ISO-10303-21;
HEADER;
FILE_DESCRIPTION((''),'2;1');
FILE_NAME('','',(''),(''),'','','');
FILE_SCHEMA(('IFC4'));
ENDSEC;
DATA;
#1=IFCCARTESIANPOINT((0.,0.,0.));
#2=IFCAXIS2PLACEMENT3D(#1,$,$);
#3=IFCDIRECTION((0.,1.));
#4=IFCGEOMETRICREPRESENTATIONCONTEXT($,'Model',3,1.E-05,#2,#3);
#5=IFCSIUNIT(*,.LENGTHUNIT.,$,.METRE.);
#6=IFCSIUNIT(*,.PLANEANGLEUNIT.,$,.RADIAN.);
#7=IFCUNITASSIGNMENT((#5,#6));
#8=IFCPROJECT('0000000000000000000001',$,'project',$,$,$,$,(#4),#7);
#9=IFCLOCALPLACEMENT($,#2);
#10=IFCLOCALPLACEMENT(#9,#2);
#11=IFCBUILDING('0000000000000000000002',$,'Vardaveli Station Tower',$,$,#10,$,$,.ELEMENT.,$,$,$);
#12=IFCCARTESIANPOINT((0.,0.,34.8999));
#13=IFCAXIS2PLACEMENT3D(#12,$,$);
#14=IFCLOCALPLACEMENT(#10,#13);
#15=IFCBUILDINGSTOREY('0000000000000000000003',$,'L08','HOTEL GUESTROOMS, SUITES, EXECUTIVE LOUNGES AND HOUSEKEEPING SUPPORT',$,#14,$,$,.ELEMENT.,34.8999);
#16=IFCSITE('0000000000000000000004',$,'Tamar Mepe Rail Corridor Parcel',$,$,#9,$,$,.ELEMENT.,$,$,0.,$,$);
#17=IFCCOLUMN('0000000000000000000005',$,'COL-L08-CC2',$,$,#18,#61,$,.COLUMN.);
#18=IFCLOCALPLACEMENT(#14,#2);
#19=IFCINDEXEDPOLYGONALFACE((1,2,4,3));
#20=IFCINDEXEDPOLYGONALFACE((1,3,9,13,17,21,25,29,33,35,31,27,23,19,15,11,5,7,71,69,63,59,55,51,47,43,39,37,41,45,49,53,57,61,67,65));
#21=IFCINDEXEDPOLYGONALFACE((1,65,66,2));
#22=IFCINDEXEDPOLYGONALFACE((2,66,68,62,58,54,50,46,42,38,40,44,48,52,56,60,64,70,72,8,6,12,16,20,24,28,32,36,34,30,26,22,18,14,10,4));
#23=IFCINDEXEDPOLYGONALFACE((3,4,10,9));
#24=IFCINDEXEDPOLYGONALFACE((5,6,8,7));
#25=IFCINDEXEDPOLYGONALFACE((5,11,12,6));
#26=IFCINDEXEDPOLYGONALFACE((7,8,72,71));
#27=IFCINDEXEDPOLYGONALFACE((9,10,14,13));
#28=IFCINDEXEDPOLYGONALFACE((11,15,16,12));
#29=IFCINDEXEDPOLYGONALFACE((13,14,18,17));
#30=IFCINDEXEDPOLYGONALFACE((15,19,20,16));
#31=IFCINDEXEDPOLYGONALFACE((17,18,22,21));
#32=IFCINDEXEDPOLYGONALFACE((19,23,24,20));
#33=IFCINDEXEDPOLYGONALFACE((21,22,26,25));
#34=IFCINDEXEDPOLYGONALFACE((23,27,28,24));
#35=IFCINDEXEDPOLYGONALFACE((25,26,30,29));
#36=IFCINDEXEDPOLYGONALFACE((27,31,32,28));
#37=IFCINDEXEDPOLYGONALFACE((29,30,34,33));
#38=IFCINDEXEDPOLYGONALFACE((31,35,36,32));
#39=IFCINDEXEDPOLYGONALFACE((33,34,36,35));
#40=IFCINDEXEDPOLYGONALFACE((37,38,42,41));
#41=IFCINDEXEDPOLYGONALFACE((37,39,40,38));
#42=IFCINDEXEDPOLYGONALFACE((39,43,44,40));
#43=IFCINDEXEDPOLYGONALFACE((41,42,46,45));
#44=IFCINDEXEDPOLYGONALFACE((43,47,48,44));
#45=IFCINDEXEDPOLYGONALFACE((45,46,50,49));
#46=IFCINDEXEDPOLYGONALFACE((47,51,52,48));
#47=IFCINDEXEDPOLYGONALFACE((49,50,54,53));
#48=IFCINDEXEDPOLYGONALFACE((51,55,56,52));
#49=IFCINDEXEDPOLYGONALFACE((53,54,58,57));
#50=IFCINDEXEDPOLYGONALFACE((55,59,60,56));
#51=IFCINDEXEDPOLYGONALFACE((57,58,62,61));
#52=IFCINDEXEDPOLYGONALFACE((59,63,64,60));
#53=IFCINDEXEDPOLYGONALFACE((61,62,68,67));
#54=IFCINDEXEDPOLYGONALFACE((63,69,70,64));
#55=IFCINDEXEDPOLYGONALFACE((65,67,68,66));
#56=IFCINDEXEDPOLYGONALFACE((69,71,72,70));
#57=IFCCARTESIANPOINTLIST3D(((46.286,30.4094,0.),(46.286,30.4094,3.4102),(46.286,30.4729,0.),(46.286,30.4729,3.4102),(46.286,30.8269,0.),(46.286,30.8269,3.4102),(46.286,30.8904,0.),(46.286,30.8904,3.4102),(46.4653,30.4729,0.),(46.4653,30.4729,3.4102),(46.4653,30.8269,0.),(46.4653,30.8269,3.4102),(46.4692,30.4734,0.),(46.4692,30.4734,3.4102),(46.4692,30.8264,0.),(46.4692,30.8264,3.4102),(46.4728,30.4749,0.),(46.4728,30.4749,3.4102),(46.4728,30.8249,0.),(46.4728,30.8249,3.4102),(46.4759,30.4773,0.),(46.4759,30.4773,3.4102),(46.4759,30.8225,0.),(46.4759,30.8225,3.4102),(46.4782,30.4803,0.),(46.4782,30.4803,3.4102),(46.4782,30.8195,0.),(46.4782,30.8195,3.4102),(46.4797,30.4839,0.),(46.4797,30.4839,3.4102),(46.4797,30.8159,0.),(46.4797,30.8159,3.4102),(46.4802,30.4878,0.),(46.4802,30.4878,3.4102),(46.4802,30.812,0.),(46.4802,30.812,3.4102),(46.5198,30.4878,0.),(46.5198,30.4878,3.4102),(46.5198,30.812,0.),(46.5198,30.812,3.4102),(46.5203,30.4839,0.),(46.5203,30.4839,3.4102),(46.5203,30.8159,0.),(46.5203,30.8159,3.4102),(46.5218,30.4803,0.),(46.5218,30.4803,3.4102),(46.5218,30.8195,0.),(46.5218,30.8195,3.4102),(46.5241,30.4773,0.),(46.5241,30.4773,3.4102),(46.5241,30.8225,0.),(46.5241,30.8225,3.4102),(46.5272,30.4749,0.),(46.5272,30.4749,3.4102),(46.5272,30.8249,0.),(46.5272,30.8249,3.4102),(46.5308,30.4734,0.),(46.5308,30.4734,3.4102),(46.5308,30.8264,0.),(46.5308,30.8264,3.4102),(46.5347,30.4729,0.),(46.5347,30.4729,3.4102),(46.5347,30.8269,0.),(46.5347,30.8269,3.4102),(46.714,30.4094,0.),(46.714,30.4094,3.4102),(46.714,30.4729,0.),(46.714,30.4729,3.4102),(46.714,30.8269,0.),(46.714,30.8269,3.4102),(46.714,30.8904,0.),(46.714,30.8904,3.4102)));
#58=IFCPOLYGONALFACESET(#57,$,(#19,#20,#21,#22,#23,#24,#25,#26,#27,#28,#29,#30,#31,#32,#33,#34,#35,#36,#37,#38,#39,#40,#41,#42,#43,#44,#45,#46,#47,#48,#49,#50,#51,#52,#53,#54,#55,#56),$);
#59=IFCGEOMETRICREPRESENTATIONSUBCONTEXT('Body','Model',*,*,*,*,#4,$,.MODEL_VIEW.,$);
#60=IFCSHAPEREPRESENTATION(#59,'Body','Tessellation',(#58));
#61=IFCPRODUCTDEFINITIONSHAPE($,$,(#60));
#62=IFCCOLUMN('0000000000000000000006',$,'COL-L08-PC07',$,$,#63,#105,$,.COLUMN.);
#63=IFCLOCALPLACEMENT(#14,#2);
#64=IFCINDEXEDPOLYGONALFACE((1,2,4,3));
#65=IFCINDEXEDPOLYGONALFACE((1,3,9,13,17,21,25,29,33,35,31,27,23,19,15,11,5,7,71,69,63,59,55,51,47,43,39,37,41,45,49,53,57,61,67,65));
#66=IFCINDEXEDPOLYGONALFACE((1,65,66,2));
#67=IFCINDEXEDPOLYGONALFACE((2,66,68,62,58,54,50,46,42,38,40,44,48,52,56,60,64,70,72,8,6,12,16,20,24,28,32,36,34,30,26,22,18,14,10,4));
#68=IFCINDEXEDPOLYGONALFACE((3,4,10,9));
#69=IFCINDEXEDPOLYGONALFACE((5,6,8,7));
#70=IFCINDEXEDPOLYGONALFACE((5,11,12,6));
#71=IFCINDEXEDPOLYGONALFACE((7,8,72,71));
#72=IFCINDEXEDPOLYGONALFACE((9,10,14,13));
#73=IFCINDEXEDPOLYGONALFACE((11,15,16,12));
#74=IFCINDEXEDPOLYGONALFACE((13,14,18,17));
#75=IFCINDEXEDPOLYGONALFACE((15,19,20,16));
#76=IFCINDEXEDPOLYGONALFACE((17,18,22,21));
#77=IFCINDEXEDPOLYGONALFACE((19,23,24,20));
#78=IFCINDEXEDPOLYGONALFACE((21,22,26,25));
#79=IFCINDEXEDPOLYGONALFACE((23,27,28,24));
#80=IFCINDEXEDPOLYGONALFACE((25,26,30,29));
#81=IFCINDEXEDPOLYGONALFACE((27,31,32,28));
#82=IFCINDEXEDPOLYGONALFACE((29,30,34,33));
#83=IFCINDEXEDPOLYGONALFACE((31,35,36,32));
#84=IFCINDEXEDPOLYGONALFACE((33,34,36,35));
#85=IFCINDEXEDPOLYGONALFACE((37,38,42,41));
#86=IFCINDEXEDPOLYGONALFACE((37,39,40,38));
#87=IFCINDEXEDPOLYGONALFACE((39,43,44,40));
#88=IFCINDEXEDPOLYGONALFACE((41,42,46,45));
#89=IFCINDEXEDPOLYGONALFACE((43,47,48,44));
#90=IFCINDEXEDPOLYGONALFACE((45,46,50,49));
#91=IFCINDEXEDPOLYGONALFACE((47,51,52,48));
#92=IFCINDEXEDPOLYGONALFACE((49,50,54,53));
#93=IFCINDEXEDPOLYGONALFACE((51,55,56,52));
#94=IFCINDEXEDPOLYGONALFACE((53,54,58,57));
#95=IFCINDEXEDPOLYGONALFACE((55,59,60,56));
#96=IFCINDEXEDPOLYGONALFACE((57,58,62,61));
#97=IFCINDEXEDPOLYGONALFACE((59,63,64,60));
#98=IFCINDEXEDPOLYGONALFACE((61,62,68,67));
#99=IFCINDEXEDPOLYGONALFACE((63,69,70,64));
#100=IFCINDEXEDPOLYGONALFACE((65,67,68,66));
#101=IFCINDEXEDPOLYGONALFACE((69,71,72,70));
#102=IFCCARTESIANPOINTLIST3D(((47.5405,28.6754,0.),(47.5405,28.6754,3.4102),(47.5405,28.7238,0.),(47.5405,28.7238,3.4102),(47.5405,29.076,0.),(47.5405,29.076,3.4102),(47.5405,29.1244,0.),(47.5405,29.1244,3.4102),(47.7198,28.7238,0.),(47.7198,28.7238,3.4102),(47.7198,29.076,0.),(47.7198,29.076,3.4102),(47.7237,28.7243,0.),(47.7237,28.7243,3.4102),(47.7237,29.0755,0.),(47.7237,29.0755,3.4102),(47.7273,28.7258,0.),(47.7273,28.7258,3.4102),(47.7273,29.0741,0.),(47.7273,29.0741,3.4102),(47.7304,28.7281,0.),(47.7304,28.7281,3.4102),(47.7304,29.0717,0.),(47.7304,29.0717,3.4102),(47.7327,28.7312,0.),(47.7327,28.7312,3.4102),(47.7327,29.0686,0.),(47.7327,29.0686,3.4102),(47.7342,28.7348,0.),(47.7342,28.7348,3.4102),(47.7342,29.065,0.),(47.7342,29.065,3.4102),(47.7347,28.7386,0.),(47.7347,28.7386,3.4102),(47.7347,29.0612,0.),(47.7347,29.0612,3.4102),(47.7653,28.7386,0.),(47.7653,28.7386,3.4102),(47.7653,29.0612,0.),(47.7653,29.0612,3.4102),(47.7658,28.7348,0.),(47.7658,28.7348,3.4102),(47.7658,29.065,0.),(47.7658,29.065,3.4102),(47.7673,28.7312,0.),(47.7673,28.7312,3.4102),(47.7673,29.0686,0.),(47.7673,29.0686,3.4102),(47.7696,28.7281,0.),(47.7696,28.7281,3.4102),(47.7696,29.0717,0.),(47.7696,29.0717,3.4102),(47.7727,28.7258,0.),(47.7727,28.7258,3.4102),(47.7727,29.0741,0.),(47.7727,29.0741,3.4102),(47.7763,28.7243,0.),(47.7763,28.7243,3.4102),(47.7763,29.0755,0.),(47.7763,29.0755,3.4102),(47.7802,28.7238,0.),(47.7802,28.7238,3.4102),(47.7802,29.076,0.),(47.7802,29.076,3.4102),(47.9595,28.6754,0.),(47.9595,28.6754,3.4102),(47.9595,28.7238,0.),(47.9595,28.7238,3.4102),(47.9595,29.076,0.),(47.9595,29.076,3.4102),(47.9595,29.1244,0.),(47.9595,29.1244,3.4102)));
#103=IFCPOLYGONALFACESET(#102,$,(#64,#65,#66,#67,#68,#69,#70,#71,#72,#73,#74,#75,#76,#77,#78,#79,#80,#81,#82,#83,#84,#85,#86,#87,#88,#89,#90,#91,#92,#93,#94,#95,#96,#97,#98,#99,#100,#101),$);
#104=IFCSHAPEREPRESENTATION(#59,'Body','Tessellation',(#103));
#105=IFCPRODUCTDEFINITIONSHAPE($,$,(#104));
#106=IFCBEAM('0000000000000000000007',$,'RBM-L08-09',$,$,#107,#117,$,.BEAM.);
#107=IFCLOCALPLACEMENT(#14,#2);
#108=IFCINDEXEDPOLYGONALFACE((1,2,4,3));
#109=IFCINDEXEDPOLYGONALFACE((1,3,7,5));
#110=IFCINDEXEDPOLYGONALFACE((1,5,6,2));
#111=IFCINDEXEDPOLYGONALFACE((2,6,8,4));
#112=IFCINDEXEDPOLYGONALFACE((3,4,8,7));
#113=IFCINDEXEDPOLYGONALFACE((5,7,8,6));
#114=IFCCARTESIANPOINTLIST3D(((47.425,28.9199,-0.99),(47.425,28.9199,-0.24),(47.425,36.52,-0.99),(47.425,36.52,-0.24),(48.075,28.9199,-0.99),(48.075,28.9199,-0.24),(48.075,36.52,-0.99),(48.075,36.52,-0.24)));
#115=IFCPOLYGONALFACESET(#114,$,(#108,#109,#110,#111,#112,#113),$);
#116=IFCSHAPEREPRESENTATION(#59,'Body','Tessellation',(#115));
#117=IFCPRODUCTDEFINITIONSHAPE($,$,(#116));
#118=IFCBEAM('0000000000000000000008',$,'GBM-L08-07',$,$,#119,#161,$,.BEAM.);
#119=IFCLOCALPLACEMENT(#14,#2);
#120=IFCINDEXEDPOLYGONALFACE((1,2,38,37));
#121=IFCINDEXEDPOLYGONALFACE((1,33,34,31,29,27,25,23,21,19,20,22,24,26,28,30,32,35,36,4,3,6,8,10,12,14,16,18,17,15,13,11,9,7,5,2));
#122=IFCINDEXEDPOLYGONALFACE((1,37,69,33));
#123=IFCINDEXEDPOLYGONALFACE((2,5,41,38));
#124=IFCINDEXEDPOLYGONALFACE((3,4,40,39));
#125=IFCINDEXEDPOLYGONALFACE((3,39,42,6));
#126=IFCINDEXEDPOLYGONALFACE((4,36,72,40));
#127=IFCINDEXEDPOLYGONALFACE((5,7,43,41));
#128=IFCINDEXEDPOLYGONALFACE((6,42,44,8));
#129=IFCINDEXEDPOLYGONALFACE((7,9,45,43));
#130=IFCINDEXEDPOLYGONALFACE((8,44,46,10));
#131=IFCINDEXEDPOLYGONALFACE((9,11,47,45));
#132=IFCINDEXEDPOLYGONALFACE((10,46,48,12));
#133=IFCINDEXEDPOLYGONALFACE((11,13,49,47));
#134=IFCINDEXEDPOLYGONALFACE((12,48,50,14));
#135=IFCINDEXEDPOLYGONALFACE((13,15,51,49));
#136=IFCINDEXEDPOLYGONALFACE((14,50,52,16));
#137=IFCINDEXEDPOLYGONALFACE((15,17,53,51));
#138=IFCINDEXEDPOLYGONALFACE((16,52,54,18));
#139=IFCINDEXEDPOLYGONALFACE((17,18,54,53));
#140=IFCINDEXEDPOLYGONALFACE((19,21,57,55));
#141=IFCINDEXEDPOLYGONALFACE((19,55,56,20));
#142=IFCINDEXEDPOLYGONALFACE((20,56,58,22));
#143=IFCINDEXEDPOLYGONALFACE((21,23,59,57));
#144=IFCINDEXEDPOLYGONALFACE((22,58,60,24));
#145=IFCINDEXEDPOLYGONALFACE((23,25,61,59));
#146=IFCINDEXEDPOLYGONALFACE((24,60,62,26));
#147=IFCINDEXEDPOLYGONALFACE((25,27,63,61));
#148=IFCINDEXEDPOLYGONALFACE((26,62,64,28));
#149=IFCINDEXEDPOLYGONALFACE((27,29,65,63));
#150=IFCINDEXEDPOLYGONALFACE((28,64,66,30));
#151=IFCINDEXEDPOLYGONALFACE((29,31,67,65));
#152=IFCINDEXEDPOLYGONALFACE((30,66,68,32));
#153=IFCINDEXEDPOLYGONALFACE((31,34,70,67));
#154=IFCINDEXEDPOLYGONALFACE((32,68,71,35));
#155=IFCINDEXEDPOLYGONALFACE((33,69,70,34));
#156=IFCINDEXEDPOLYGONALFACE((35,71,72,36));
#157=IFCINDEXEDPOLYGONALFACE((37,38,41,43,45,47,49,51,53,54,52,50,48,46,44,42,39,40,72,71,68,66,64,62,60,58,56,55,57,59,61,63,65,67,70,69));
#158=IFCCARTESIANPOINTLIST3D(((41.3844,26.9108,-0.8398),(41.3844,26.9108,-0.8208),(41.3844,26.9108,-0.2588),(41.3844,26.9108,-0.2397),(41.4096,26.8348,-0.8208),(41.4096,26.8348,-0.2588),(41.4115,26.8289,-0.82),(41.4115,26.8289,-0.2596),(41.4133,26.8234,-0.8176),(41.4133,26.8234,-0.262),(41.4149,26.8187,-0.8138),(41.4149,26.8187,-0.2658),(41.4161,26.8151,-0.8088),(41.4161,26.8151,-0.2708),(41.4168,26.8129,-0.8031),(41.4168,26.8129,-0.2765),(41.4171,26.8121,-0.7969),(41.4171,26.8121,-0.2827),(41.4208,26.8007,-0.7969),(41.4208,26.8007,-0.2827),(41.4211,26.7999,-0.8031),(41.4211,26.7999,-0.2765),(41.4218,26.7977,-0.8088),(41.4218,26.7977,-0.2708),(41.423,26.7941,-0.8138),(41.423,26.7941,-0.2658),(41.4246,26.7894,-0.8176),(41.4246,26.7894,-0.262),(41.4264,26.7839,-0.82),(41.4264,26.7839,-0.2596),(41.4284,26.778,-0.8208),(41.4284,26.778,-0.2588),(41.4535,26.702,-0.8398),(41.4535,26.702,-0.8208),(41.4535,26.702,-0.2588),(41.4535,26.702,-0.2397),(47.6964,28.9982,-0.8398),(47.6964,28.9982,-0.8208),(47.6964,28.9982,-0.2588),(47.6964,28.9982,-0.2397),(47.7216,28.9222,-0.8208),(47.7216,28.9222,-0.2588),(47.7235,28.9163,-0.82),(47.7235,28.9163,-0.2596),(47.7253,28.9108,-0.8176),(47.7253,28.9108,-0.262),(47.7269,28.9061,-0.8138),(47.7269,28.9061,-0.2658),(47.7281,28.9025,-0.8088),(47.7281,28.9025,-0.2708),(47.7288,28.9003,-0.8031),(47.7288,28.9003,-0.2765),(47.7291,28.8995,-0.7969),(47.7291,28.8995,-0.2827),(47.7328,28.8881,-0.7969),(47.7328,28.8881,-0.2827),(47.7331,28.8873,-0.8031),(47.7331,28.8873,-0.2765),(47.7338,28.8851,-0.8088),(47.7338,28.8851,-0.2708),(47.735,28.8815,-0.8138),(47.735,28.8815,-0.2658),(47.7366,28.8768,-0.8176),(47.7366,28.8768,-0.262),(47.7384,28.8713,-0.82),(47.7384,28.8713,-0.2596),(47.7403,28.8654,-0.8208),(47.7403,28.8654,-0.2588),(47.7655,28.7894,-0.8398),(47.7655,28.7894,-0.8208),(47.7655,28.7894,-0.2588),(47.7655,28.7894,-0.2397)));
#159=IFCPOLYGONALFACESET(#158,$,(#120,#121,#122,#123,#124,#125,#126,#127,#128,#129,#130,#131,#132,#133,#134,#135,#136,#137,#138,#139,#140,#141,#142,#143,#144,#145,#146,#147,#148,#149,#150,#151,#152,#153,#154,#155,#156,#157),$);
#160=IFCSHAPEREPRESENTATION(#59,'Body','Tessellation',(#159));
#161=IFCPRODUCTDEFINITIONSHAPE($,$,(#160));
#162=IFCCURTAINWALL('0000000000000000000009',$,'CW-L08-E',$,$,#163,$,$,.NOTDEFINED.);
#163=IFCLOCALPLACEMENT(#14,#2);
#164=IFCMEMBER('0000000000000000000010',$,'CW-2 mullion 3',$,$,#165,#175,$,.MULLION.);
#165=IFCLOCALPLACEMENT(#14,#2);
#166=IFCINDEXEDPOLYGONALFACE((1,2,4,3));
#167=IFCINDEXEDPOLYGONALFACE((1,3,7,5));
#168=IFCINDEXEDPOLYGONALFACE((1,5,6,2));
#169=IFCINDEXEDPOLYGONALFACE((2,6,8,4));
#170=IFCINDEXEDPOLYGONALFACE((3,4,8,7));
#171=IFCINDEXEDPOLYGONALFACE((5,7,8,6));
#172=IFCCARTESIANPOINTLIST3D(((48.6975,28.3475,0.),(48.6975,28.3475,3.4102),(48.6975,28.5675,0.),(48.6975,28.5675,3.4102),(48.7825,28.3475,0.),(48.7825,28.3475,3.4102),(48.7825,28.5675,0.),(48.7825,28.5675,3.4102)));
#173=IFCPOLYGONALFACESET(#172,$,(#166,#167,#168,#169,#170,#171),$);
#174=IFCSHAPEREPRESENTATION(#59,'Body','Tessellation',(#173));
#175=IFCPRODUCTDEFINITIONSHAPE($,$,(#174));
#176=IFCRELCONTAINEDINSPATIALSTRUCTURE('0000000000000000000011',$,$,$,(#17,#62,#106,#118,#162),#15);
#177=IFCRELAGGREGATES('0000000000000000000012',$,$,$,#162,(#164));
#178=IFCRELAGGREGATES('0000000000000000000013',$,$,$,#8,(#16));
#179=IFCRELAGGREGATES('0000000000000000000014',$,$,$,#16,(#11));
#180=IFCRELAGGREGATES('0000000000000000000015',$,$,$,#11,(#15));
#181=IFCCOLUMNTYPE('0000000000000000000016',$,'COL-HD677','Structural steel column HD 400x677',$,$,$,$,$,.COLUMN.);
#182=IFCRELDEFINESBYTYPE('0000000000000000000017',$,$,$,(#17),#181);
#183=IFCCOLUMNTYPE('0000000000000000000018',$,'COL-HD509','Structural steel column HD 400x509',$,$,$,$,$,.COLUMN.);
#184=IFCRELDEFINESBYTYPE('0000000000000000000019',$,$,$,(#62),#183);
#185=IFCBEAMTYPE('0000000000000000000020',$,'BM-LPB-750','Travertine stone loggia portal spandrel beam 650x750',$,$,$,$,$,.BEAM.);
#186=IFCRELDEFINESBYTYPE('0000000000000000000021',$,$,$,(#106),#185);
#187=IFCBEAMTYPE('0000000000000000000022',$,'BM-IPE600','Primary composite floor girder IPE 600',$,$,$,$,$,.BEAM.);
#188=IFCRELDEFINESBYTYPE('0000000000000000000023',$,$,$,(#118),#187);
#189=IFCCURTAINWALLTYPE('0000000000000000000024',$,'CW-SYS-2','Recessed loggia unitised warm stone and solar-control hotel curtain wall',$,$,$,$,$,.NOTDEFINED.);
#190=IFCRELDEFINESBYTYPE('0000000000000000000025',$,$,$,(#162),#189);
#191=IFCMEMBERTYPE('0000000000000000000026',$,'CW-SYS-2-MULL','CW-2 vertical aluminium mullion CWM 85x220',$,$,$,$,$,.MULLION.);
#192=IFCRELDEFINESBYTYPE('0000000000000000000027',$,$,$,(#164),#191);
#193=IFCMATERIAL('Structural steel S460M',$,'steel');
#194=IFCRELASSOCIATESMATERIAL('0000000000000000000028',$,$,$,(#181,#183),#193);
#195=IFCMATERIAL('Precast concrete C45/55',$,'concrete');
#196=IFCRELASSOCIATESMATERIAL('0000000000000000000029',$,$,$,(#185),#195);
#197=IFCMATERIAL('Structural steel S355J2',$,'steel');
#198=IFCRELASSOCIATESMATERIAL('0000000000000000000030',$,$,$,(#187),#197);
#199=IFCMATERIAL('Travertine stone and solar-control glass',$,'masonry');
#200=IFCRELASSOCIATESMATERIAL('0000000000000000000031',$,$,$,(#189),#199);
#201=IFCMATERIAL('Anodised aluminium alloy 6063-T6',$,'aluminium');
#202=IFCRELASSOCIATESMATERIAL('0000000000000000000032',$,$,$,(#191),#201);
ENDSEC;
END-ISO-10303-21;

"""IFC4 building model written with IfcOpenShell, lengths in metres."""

from ifc_helpers import new_model, si_unit, direction, frame, origin, origin_2d, place, context, subcontext, project, spatial, rectangle, i_section, extrude, source, transform, mapped, material, material_profile, profile_set, type_object, element, aggregate, save


model = new_model("IFC4")

# Units and contexts
model_context = context("Model", 3, precision=1e-05, world=origin(), true_north=direction((0.0, 1.0)))
body_context = subcontext(model_context, "Body", "Model", "MODEL_VIEW")
ifc_project = project(units=[si_unit("LENGTHUNIT", "METRE"), si_unit("PLANEANGLEUNIT", "RADIAN")], contexts=[model_context])

# Site, building, storey
site_placement = place(None, origin())
site = spatial("IfcSite", under=ifc_project, at=site_placement, Name="Tamar Mepe Rail Corridor Parcel", CompositionType="ELEMENT", RefElevation=0.0)
building_placement = place(site_placement, origin())
building = spatial("IfcBuilding", under=site, at=building_placement, Name="Vardaveli Station Tower", CompositionType="ELEMENT")
storey_placement = place(building_placement, frame((0.0, 0.0, 34.8999)))
storey = spatial("IfcBuildingStorey", under=building, at=storey_placement, Name="L08", Description="HOTEL GUESTROOMS, SUITES, EXECUTIVE LOUNGES AND HOUSEKEEPING SUPPORT", CompositionType="ELEMENT", Elevation=34.8999)

# Columns
ifc_material_1 = material(Name="Structural steel S460M", Category="steel")
ifc_material_profile_1 = material_profile(ifc_material_1, i_section(OverallWidth=0.428, OverallDepth=0.481, WebThickness=0.0396, FlangeThickness=0.0635, FilletRadius=0.0149, at=origin_2d()), Name="HD 400x677")
ifc_profile_set_1 = profile_set([ifc_material_profile_1], Name="Structural steel S460M")
column_type_1 = type_object("IfcColumnType", Name="COL-HD677", Description="Structural steel column HD 400x677", PredefinedType="COLUMN", material=ifc_profile_set_1)
shared_shape_1 = source(origin(), body_context, "Body", "SweptSolid", [
    extrude(i_section(OverallWidth=0.428, OverallDepth=0.481, WebThickness=0.0396, FlangeThickness=0.0635, FilletRadius=0.0149, at=origin_2d()), origin(), (0.0, 0.0, 1.0), 3.4102),
])
column_1_placement = place(storey_placement, frame((46.5, 30.6499, 0.0), z_axis=(0.0, 0.0, 1.0), x_axis=(1.0, 0.0, 0.0)))
element("IfcColumn", 1, at=column_1_placement, inside=storey, type_object=column_type_1, Name="COL-L08-CC2", PredefinedType="COLUMN", context=body_context, shape_type="MappedRepresentation", body=[
    mapped(shared_shape_1, transform((0.0, 0.0, 0.0), scale=1.0)),
])
ifc_material_profile_2 = material_profile(ifc_material_1, i_section(OverallWidth=0.4189, OverallDepth=0.449, WebThickness=0.0305, FlangeThickness=0.0483, FilletRadius=0.0149, at=origin_2d()), Name="HD 400x509")
ifc_profile_set_2 = profile_set([ifc_material_profile_2], Name="Structural steel S460M")
column_type_2 = type_object("IfcColumnType", Name="COL-HD509", Description="Structural steel column HD 400x509", PredefinedType="COLUMN", material=ifc_profile_set_2)
shared_shape_2 = source(origin(), body_context, "Body", "SweptSolid", [
    extrude(i_section(OverallWidth=0.4189, OverallDepth=0.449, WebThickness=0.0305, FlangeThickness=0.0483, FilletRadius=0.0149, at=origin_2d()), origin(), (0.0, 0.0, 1.0), 3.4102),
])
column_2_placement = place(storey_placement, frame((47.75, 28.8999, 0.0), z_axis=(0.0, 0.0, 1.0), x_axis=(1.0, 0.0, 0.0)))
element("IfcColumn", 2, at=column_2_placement, inside=storey, type_object=column_type_2, Name="COL-L08-PC07", PredefinedType="COLUMN", context=body_context, shape_type="MappedRepresentation", body=[
    mapped(shared_shape_2, transform((0.0, 0.0, 0.0), scale=1.0)),
])

# Beams
ifc_material_2 = material(Name="Precast concrete C45/55", Category="concrete")
ifc_material_profile_3 = material_profile(ifc_material_2, rectangle(XDim=0.6499, YDim=0.75, at=origin_2d()), Name="LPB 650x750")
ifc_profile_set_3 = profile_set([ifc_material_profile_3], Name="Precast concrete C45/55")
beam_type_1 = type_object("IfcBeamType", Name="BM-LPB-750", Description="Travertine stone loggia portal spandrel beam 650x750", PredefinedType="BEAM", material=ifc_profile_set_3)
shared_shape_3 = source(origin(), body_context, "Body", "SweptSolid", [
    extrude(rectangle(XDim=0.6499, YDim=0.75, at=origin_2d()), origin(), (0.0, 0.0, 1.0), 7.6001),
])
beam_1_placement = place(storey_placement, frame((47.75, 28.9199, -0.615), z_axis=(0.0, 1.0, 0.0), x_axis=(-1.0, 0.0, 0.0)))
element("IfcBeam", 3, at=beam_1_placement, inside=storey, type_object=beam_type_1, Name="RBM-L08-09", PredefinedType="BEAM", context=body_context, shape_type="MappedRepresentation", body=[
    mapped(shared_shape_3, transform((0.0, 0.0, 0.0), scale=1.0)),
])
ifc_material_3 = material(Name="Structural steel S355J2", Category="steel")
ifc_material_profile_4 = material_profile(ifc_material_3, i_section(OverallWidth=0.22, OverallDepth=0.6001, WebThickness=0.012, FlangeThickness=0.019, FilletRadius=0.0239, at=origin_2d()), Name="IPE 600")
ifc_profile_set_4 = profile_set([ifc_material_profile_4], Name="Structural steel S355J2")
beam_type_2 = type_object("IfcBeamType", Name="BM-IPE600", Description="Primary composite floor girder IPE 600", PredefinedType="BEAM", material=ifc_profile_set_4)
shared_shape_4 = source(origin(), body_context, "Body", "SweptSolid", [
    extrude(i_section(OverallWidth=0.22, OverallDepth=0.6001, WebThickness=0.012, FlangeThickness=0.019, FilletRadius=0.0239, at=origin_2d()), origin(), (0.0, 0.0, 1.0), 6.6482),
])
beam_2_placement = place(storey_placement, frame((47.731, 28.8938, -0.5398), z_axis=(-0.94943, -0.313979, 0.0), x_axis=(0.313979, -0.94943, 0.0)))
element("IfcBeam", 4, at=beam_2_placement, inside=storey, type_object=beam_type_2, Name="GBM-L08-07", PredefinedType="BEAM", context=body_context, shape_type="MappedRepresentation", body=[
    mapped(shared_shape_4, transform((0.0, 0.0, 0.0), scale=1.0)),
])

# Curtain wall, member
ifc_material_4 = material(Name="Travertine stone and solar-control glass", Category="masonry")
curtain_wall_type = type_object("IfcCurtainWallType", Name="CW-SYS-2", Description="Recessed loggia unitised warm stone and solar-control hotel curtain wall", PredefinedType="NOTDEFINED", material=ifc_material_4)
curtain_wall_placement = place(storey_placement, origin())
curtain_wall = element("IfcCurtainWall", 5, at=curtain_wall_placement, inside=storey, type_object=curtain_wall_type, Name="CW-L08-E", PredefinedType="NOTDEFINED")
ifc_material_5 = material(Name="Anodised aluminium alloy 6063-T6", Category="aluminium")
ifc_material_profile_5 = material_profile(ifc_material_5, rectangle(XDim=0.085, YDim=0.22, at=origin_2d()), Name="CWM 85x220")
ifc_profile_set_5 = profile_set([ifc_material_profile_5], Name="Anodised aluminium alloy 6063-T6")
member_type = type_object("IfcMemberType", Name="CW-SYS-2-MULL", Description="CW-2 vertical aluminium mullion CWM 85x220", PredefinedType="MULLION", material=ifc_profile_set_5)
shared_shape_5 = source(origin(), body_context, "Body", "SweptSolid", [
    extrude(rectangle(XDim=0.085, YDim=0.22, at=origin_2d()), origin(), (0.0, 0.0, 1.0), 3.4102),
])
member_placement = place(storey_placement, frame((48.74, 28.4575, 0.0), z_axis=(0.0, 0.0, 1.0), x_axis=(-1.0, 0.0, 0.0)))
member = element("IfcMember", 6, at=member_placement, type_object=member_type, Name="CW-2 mullion 3", PredefinedType="MULLION", context=body_context, shape_type="MappedRepresentation", body=[
    mapped(shared_shape_5, transform((0.0, 0.0, 0.0), scale=1.0)),
])
aggregate(curtain_wall, [member])

save(model, "model.ifc")
